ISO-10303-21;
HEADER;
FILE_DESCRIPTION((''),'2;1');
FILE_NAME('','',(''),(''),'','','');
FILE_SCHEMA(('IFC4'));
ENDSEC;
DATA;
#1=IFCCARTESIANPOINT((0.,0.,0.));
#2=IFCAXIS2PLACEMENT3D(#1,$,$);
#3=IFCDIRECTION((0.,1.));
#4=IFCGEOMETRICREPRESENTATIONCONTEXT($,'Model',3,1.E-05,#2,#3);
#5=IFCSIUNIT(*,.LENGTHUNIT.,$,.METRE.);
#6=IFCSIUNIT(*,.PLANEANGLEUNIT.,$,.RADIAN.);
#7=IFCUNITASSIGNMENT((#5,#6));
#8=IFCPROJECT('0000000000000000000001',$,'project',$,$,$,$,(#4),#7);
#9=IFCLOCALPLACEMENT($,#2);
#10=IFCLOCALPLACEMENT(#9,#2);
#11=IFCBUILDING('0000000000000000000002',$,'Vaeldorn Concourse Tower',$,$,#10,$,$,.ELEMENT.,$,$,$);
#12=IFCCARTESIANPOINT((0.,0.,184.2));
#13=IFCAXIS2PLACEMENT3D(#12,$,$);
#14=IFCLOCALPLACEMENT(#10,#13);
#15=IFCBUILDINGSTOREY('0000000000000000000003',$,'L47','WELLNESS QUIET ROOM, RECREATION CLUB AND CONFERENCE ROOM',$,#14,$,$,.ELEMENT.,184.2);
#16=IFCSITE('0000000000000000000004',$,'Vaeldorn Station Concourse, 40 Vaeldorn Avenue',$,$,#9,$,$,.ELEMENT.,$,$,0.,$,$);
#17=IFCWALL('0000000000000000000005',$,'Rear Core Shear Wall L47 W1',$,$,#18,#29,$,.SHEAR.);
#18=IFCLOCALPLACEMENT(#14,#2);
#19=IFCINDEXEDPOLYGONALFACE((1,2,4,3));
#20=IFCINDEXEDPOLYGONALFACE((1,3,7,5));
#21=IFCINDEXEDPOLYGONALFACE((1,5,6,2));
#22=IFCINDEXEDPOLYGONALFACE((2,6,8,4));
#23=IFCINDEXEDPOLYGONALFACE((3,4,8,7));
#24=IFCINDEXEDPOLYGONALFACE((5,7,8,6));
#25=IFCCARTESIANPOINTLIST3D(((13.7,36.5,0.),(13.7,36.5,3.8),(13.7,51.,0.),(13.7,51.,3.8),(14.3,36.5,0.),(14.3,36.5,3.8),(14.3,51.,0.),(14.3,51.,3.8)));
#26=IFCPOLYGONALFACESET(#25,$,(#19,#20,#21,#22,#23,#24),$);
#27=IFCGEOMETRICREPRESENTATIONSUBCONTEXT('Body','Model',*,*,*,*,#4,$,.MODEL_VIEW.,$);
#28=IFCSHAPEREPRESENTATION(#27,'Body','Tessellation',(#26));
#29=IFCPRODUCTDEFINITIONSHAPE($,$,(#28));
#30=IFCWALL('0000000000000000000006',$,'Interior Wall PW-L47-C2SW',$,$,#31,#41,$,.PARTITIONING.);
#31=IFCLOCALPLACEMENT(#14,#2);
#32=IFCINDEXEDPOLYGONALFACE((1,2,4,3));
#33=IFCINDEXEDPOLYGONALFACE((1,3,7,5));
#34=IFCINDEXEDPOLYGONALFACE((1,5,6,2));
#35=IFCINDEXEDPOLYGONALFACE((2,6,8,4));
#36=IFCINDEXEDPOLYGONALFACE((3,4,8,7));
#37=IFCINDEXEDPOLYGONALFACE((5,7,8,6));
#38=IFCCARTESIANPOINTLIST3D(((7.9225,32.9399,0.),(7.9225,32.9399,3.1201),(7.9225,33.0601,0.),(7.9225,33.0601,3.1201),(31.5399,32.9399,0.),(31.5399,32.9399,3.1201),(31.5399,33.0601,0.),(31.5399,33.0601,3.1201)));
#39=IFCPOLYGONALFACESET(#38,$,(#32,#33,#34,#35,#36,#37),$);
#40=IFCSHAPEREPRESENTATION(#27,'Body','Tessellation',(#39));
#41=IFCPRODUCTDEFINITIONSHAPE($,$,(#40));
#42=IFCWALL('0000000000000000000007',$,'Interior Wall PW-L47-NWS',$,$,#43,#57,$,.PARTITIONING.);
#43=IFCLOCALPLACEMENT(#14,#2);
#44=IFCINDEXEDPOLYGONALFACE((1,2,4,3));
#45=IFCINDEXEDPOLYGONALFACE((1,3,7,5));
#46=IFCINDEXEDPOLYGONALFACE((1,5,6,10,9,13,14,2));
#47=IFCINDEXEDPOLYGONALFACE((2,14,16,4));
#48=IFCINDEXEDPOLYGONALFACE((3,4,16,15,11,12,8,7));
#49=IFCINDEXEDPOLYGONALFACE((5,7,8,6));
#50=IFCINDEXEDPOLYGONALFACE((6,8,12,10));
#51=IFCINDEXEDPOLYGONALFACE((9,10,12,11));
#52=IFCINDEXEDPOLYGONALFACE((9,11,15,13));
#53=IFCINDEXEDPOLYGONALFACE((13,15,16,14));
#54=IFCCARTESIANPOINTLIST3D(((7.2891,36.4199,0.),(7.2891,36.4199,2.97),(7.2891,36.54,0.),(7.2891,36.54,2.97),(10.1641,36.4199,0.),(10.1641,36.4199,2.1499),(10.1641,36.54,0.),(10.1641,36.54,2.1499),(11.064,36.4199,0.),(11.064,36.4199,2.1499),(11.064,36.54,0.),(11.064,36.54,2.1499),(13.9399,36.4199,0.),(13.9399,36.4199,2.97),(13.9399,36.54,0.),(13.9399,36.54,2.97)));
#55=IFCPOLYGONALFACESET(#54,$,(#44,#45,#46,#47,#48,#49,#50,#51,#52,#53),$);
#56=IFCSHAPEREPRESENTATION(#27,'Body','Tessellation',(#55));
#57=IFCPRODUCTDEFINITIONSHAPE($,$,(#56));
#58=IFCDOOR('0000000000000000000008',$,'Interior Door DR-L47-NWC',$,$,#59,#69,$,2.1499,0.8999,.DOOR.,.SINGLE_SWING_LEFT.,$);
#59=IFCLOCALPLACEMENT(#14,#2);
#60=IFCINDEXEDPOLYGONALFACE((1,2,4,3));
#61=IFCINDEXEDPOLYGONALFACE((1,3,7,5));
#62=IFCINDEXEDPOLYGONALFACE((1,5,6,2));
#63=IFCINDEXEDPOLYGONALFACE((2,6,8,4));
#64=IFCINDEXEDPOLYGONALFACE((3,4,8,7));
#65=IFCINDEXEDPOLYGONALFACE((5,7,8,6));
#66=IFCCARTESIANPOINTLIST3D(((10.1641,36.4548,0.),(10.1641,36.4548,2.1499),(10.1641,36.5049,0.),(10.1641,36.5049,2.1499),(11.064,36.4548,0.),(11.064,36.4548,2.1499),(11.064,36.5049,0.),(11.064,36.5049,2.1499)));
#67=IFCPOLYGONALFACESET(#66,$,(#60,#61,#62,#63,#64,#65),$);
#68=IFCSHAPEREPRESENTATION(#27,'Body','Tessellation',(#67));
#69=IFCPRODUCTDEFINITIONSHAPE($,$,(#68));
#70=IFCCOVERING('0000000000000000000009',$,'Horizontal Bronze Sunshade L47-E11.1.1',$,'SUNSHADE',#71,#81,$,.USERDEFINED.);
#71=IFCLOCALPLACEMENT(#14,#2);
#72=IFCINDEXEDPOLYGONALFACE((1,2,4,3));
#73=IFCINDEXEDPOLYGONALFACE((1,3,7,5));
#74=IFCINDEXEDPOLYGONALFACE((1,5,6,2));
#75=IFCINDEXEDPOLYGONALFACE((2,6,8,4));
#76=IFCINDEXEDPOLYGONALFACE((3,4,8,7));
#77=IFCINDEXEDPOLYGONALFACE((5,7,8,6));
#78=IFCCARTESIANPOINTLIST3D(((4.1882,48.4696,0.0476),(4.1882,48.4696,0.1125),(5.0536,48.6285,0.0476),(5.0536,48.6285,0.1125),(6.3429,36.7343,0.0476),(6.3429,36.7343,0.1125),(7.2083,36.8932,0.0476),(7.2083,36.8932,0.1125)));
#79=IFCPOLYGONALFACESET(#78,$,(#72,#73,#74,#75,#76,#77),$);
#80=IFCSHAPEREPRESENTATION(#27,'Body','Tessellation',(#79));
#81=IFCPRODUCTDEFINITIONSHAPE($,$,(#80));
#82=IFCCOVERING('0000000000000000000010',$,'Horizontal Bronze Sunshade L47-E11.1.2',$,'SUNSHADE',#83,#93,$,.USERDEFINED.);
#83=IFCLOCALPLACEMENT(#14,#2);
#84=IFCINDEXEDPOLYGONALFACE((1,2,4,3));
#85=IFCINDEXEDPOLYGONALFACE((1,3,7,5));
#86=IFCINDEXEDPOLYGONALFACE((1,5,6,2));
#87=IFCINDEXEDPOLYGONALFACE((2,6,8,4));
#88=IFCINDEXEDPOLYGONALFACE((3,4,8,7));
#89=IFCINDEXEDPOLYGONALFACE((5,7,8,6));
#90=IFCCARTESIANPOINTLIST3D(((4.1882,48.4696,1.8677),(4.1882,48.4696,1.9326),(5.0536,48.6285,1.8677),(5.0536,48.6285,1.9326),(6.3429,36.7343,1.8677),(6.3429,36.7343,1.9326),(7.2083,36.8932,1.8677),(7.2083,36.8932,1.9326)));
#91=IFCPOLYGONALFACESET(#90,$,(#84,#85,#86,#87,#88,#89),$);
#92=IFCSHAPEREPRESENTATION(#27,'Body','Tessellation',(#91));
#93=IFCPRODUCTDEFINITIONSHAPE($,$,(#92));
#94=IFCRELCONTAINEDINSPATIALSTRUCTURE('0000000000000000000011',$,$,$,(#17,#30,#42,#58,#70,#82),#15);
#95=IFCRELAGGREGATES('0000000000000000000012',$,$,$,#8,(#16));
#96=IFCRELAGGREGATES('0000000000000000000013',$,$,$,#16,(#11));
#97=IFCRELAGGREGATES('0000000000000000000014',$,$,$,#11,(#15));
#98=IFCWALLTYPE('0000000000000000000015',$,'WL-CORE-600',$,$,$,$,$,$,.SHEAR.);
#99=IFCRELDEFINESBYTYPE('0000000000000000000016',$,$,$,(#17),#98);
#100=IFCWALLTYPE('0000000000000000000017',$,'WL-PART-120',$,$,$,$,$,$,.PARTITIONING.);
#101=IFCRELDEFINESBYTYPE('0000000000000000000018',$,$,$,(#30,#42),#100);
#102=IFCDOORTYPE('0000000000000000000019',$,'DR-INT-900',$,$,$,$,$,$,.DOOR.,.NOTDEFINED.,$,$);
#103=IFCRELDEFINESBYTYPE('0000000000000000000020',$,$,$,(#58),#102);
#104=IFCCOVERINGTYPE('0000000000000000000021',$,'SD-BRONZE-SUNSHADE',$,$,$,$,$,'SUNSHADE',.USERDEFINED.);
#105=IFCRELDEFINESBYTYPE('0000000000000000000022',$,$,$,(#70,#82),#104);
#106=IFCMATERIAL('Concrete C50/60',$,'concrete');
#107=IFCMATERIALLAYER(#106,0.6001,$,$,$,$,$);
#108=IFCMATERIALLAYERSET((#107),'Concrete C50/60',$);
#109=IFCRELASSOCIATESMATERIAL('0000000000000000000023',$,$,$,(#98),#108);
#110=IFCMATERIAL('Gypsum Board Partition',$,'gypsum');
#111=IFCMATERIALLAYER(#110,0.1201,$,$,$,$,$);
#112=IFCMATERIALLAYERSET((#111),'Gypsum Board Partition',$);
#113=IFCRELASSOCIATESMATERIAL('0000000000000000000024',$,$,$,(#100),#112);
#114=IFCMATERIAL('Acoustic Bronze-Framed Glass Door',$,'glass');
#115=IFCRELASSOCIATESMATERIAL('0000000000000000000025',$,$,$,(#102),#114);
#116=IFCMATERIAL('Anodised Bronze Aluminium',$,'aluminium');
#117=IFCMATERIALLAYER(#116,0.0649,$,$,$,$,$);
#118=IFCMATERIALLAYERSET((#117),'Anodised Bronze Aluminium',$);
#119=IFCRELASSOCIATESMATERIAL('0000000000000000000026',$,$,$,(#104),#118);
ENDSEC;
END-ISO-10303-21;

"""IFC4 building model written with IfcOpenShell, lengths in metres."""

from ifc_helpers import new_model, si_unit, direction, frame, frame_2d, origin, origin_2d, place, context, subcontext, project, spatial, rectangle, extrude, source, transform, mapped, material, layer, layer_set, type_object, element, fill, save


model = new_model("IFC4")

# Units and contexts
model_context = context("Model", 3, precision=1e-05, world=origin(), true_north=direction((0.0, 1.0)))
body_context = subcontext(model_context, "Body", "Model", "MODEL_VIEW")
ifc_project = project(units=[si_unit("LENGTHUNIT", "METRE"), si_unit("PLANEANGLEUNIT", "RADIAN")], contexts=[model_context])

# Site, building, storey
site_placement = place(None, origin())
site = spatial("IfcSite", under=ifc_project, at=site_placement, Name="Vaeldorn Station Concourse, 40 Vaeldorn Avenue", CompositionType="ELEMENT", RefElevation=0.0)
building_placement = place(site_placement, origin())
building = spatial("IfcBuilding", under=site, at=building_placement, Name="Vaeldorn Concourse Tower", CompositionType="ELEMENT")
storey_placement = place(building_placement, frame((0.0, 0.0, 184.2)))
storey = spatial("IfcBuildingStorey", under=building, at=storey_placement, Name="L47", Description="WELLNESS QUIET ROOM, RECREATION CLUB AND CONFERENCE ROOM", CompositionType="ELEMENT", Elevation=184.2)

# Shared definitions
ifc_material_1 = material(Name="Concrete C50/60", Category="concrete")

# Shared definitions
ifc_material_2 = material(Name="Anodised Bronze Aluminium", Category="aluminium")

# Walls
ifc_layer_1 = layer(ifc_material_1, 0.6001)
ifc_layer_set_1 = layer_set([ifc_layer_1], Name="Concrete C50/60")
wall_type_1 = type_object("IfcWallType", Name="WL-CORE-600", PredefinedType="SHEAR", material=ifc_layer_set_1)
wall_1_placement = place(storey_placement, frame((14.0, 36.5, 0.0), z_axis=(0.0, 0.0, 1.0), x_axis=(0.0, 1.0, 0.0)))
element("IfcWall", 1, at=wall_1_placement, inside=storey, type_object=wall_type_1, Name="Rear Core Shear Wall L47 W1", PredefinedType="SHEAR", context=body_context, shape_type="SweptSolid", body=[
    extrude(rectangle(XDim=14.5, YDim=0.6001, at=frame_2d((7.25, 0.0))), origin(), (0.0, 0.0, 1.0), 3.8),
])
ifc_material_3 = material(Name="Gypsum Board Partition", Category="gypsum")
ifc_layer_2 = layer(ifc_material_3, 0.1201)
ifc_layer_set_2 = layer_set([ifc_layer_2], Name="Gypsum Board Partition")
wall_type_2 = type_object("IfcWallType", Name="WL-PART-120", PredefinedType="PARTITIONING", material=ifc_layer_set_2)
wall_2_placement = place(storey_placement, frame((7.9226, 33.0, 0.0), z_axis=(0.0, 0.0, 1.0), x_axis=(1.0, 0.0, 0.0)))
element("IfcWall", 2, at=wall_2_placement, inside=storey, type_object=wall_type_2, Name="Interior Wall PW-L47-C2SW", PredefinedType="PARTITIONING", context=body_context, shape_type="SweptSolid", body=[
    extrude(rectangle(XDim=23.6174, YDim=0.1201, at=frame_2d((11.8086, 0.0))), origin(), (0.0, 0.0, 1.0), 3.1201),
])

# Wall, opening, door
wall_3_placement = place(storey_placement, frame((7.2891, 36.48, 0.0), z_axis=(0.0, 0.0, 1.0), x_axis=(1.0, 0.0, 0.0)))
wall_3 = element("IfcWall", 3, at=wall_3_placement, inside=storey, type_object=wall_type_2, Name="Interior Wall PW-L47-NWS", PredefinedType="PARTITIONING", context=body_context, shape_type="SweptSolid", body=[
    extrude(rectangle(XDim=6.6509, YDim=0.1201, at=frame_2d((3.3254, 0.0))), origin(), (0.0, 0.0, 1.0), 2.97),
])
opening_placement = place(wall_3_placement, frame((2.875, 0.0, 0.0)))
opening = element("IfcOpeningElement", 4, at=opening_placement, cuts=wall_3, PredefinedType="OPENING", context=body_context, shape_type="SweptSolid", body=[
    extrude(rectangle(XDim=0.8999, YDim=2.1499, at=frame_2d((0.45, 1.075))), frame((0.0, 0.0701, 0.0), z_axis=(0.0, -1.0, 0.0), x_axis=(1.0, 0.0, 0.0)), (0.0, 0.0, 1.0), 0.1401),
])
ifc_material_4 = material(Name="Acoustic Bronze-Framed Glass Door", Category="glass")
door_type = type_object("IfcDoorType", Name="DR-INT-900", OperationType="NOTDEFINED", PredefinedType="DOOR", material=ifc_material_4)
shared_shape_1 = source(origin(), body_context, "Body", "SweptSolid", [
    extrude(rectangle(XDim=0.8999, YDim=2.1499, at=frame_2d((0.45, 1.075))), frame((0.0, 0.0249, 0.0), z_axis=(0.0, -1.0, 0.0), x_axis=(1.0, 0.0, 0.0)), (0.0, 0.0, 1.0), 0.05),
])
door_placement = place(opening_placement, origin())
door = element("IfcDoor", 5, at=door_placement, inside=storey, type_object=door_type, Name="Interior Door DR-L47-NWC", OperationType="SINGLE_SWING_LEFT", OverallHeight=2.1499, OverallWidth=0.8999, PredefinedType="DOOR", context=body_context, shape_type="MappedRepresentation", body=[
    mapped(shared_shape_1, transform((0.0, 0.0, 0.0), scale=1.0)),
])
fill(opening, door)

# Coverings
ifc_layer_3 = layer(ifc_material_2, 0.0649)
ifc_layer_set_3 = layer_set([ifc_layer_3], Name="Anodised Bronze Aluminium")
covering_type = type_object("IfcCoveringType", Name="SD-BRONZE-SUNSHADE", ElementType="SUNSHADE", PredefinedType="USERDEFINED", material=ifc_layer_set_3)
shared_shape_2 = source(origin(), body_context, "Body", "SweptSolid", [
    extrude(rectangle(XDim=11.9314, YDim=0.8799, at=origin_2d()), origin(), (0.0, 0.0, 1.0), 0.0649),
])
for number, where, z_axis, x_axis, name in (
    (6, (5.6982, 42.6814, 0.0476), (0.0, 0.0, 1.0), (0.180588, -0.983559, 0.0), "Horizontal Bronze Sunshade L47-E11.1.1"),
    (7, (5.6982, 42.6814, 1.8677), (0.0, 0.0, 1.0), (0.180588, -0.983559, 0.0), "Horizontal Bronze Sunshade L47-E11.1.2"),
):
    element("IfcCovering", number, at=place(storey_placement, frame(where, z_axis=z_axis, x_axis=x_axis)), inside=storey, type_object=covering_type, Name=name, ObjectType="SUNSHADE", PredefinedType="USERDEFINED", context=body_context, shape_type="MappedRepresentation", body=[
        mapped(shared_shape_2, transform((0.0, 0.0, 0.0), scale=1.0)),
    ])

save(model, "model.ifc")
